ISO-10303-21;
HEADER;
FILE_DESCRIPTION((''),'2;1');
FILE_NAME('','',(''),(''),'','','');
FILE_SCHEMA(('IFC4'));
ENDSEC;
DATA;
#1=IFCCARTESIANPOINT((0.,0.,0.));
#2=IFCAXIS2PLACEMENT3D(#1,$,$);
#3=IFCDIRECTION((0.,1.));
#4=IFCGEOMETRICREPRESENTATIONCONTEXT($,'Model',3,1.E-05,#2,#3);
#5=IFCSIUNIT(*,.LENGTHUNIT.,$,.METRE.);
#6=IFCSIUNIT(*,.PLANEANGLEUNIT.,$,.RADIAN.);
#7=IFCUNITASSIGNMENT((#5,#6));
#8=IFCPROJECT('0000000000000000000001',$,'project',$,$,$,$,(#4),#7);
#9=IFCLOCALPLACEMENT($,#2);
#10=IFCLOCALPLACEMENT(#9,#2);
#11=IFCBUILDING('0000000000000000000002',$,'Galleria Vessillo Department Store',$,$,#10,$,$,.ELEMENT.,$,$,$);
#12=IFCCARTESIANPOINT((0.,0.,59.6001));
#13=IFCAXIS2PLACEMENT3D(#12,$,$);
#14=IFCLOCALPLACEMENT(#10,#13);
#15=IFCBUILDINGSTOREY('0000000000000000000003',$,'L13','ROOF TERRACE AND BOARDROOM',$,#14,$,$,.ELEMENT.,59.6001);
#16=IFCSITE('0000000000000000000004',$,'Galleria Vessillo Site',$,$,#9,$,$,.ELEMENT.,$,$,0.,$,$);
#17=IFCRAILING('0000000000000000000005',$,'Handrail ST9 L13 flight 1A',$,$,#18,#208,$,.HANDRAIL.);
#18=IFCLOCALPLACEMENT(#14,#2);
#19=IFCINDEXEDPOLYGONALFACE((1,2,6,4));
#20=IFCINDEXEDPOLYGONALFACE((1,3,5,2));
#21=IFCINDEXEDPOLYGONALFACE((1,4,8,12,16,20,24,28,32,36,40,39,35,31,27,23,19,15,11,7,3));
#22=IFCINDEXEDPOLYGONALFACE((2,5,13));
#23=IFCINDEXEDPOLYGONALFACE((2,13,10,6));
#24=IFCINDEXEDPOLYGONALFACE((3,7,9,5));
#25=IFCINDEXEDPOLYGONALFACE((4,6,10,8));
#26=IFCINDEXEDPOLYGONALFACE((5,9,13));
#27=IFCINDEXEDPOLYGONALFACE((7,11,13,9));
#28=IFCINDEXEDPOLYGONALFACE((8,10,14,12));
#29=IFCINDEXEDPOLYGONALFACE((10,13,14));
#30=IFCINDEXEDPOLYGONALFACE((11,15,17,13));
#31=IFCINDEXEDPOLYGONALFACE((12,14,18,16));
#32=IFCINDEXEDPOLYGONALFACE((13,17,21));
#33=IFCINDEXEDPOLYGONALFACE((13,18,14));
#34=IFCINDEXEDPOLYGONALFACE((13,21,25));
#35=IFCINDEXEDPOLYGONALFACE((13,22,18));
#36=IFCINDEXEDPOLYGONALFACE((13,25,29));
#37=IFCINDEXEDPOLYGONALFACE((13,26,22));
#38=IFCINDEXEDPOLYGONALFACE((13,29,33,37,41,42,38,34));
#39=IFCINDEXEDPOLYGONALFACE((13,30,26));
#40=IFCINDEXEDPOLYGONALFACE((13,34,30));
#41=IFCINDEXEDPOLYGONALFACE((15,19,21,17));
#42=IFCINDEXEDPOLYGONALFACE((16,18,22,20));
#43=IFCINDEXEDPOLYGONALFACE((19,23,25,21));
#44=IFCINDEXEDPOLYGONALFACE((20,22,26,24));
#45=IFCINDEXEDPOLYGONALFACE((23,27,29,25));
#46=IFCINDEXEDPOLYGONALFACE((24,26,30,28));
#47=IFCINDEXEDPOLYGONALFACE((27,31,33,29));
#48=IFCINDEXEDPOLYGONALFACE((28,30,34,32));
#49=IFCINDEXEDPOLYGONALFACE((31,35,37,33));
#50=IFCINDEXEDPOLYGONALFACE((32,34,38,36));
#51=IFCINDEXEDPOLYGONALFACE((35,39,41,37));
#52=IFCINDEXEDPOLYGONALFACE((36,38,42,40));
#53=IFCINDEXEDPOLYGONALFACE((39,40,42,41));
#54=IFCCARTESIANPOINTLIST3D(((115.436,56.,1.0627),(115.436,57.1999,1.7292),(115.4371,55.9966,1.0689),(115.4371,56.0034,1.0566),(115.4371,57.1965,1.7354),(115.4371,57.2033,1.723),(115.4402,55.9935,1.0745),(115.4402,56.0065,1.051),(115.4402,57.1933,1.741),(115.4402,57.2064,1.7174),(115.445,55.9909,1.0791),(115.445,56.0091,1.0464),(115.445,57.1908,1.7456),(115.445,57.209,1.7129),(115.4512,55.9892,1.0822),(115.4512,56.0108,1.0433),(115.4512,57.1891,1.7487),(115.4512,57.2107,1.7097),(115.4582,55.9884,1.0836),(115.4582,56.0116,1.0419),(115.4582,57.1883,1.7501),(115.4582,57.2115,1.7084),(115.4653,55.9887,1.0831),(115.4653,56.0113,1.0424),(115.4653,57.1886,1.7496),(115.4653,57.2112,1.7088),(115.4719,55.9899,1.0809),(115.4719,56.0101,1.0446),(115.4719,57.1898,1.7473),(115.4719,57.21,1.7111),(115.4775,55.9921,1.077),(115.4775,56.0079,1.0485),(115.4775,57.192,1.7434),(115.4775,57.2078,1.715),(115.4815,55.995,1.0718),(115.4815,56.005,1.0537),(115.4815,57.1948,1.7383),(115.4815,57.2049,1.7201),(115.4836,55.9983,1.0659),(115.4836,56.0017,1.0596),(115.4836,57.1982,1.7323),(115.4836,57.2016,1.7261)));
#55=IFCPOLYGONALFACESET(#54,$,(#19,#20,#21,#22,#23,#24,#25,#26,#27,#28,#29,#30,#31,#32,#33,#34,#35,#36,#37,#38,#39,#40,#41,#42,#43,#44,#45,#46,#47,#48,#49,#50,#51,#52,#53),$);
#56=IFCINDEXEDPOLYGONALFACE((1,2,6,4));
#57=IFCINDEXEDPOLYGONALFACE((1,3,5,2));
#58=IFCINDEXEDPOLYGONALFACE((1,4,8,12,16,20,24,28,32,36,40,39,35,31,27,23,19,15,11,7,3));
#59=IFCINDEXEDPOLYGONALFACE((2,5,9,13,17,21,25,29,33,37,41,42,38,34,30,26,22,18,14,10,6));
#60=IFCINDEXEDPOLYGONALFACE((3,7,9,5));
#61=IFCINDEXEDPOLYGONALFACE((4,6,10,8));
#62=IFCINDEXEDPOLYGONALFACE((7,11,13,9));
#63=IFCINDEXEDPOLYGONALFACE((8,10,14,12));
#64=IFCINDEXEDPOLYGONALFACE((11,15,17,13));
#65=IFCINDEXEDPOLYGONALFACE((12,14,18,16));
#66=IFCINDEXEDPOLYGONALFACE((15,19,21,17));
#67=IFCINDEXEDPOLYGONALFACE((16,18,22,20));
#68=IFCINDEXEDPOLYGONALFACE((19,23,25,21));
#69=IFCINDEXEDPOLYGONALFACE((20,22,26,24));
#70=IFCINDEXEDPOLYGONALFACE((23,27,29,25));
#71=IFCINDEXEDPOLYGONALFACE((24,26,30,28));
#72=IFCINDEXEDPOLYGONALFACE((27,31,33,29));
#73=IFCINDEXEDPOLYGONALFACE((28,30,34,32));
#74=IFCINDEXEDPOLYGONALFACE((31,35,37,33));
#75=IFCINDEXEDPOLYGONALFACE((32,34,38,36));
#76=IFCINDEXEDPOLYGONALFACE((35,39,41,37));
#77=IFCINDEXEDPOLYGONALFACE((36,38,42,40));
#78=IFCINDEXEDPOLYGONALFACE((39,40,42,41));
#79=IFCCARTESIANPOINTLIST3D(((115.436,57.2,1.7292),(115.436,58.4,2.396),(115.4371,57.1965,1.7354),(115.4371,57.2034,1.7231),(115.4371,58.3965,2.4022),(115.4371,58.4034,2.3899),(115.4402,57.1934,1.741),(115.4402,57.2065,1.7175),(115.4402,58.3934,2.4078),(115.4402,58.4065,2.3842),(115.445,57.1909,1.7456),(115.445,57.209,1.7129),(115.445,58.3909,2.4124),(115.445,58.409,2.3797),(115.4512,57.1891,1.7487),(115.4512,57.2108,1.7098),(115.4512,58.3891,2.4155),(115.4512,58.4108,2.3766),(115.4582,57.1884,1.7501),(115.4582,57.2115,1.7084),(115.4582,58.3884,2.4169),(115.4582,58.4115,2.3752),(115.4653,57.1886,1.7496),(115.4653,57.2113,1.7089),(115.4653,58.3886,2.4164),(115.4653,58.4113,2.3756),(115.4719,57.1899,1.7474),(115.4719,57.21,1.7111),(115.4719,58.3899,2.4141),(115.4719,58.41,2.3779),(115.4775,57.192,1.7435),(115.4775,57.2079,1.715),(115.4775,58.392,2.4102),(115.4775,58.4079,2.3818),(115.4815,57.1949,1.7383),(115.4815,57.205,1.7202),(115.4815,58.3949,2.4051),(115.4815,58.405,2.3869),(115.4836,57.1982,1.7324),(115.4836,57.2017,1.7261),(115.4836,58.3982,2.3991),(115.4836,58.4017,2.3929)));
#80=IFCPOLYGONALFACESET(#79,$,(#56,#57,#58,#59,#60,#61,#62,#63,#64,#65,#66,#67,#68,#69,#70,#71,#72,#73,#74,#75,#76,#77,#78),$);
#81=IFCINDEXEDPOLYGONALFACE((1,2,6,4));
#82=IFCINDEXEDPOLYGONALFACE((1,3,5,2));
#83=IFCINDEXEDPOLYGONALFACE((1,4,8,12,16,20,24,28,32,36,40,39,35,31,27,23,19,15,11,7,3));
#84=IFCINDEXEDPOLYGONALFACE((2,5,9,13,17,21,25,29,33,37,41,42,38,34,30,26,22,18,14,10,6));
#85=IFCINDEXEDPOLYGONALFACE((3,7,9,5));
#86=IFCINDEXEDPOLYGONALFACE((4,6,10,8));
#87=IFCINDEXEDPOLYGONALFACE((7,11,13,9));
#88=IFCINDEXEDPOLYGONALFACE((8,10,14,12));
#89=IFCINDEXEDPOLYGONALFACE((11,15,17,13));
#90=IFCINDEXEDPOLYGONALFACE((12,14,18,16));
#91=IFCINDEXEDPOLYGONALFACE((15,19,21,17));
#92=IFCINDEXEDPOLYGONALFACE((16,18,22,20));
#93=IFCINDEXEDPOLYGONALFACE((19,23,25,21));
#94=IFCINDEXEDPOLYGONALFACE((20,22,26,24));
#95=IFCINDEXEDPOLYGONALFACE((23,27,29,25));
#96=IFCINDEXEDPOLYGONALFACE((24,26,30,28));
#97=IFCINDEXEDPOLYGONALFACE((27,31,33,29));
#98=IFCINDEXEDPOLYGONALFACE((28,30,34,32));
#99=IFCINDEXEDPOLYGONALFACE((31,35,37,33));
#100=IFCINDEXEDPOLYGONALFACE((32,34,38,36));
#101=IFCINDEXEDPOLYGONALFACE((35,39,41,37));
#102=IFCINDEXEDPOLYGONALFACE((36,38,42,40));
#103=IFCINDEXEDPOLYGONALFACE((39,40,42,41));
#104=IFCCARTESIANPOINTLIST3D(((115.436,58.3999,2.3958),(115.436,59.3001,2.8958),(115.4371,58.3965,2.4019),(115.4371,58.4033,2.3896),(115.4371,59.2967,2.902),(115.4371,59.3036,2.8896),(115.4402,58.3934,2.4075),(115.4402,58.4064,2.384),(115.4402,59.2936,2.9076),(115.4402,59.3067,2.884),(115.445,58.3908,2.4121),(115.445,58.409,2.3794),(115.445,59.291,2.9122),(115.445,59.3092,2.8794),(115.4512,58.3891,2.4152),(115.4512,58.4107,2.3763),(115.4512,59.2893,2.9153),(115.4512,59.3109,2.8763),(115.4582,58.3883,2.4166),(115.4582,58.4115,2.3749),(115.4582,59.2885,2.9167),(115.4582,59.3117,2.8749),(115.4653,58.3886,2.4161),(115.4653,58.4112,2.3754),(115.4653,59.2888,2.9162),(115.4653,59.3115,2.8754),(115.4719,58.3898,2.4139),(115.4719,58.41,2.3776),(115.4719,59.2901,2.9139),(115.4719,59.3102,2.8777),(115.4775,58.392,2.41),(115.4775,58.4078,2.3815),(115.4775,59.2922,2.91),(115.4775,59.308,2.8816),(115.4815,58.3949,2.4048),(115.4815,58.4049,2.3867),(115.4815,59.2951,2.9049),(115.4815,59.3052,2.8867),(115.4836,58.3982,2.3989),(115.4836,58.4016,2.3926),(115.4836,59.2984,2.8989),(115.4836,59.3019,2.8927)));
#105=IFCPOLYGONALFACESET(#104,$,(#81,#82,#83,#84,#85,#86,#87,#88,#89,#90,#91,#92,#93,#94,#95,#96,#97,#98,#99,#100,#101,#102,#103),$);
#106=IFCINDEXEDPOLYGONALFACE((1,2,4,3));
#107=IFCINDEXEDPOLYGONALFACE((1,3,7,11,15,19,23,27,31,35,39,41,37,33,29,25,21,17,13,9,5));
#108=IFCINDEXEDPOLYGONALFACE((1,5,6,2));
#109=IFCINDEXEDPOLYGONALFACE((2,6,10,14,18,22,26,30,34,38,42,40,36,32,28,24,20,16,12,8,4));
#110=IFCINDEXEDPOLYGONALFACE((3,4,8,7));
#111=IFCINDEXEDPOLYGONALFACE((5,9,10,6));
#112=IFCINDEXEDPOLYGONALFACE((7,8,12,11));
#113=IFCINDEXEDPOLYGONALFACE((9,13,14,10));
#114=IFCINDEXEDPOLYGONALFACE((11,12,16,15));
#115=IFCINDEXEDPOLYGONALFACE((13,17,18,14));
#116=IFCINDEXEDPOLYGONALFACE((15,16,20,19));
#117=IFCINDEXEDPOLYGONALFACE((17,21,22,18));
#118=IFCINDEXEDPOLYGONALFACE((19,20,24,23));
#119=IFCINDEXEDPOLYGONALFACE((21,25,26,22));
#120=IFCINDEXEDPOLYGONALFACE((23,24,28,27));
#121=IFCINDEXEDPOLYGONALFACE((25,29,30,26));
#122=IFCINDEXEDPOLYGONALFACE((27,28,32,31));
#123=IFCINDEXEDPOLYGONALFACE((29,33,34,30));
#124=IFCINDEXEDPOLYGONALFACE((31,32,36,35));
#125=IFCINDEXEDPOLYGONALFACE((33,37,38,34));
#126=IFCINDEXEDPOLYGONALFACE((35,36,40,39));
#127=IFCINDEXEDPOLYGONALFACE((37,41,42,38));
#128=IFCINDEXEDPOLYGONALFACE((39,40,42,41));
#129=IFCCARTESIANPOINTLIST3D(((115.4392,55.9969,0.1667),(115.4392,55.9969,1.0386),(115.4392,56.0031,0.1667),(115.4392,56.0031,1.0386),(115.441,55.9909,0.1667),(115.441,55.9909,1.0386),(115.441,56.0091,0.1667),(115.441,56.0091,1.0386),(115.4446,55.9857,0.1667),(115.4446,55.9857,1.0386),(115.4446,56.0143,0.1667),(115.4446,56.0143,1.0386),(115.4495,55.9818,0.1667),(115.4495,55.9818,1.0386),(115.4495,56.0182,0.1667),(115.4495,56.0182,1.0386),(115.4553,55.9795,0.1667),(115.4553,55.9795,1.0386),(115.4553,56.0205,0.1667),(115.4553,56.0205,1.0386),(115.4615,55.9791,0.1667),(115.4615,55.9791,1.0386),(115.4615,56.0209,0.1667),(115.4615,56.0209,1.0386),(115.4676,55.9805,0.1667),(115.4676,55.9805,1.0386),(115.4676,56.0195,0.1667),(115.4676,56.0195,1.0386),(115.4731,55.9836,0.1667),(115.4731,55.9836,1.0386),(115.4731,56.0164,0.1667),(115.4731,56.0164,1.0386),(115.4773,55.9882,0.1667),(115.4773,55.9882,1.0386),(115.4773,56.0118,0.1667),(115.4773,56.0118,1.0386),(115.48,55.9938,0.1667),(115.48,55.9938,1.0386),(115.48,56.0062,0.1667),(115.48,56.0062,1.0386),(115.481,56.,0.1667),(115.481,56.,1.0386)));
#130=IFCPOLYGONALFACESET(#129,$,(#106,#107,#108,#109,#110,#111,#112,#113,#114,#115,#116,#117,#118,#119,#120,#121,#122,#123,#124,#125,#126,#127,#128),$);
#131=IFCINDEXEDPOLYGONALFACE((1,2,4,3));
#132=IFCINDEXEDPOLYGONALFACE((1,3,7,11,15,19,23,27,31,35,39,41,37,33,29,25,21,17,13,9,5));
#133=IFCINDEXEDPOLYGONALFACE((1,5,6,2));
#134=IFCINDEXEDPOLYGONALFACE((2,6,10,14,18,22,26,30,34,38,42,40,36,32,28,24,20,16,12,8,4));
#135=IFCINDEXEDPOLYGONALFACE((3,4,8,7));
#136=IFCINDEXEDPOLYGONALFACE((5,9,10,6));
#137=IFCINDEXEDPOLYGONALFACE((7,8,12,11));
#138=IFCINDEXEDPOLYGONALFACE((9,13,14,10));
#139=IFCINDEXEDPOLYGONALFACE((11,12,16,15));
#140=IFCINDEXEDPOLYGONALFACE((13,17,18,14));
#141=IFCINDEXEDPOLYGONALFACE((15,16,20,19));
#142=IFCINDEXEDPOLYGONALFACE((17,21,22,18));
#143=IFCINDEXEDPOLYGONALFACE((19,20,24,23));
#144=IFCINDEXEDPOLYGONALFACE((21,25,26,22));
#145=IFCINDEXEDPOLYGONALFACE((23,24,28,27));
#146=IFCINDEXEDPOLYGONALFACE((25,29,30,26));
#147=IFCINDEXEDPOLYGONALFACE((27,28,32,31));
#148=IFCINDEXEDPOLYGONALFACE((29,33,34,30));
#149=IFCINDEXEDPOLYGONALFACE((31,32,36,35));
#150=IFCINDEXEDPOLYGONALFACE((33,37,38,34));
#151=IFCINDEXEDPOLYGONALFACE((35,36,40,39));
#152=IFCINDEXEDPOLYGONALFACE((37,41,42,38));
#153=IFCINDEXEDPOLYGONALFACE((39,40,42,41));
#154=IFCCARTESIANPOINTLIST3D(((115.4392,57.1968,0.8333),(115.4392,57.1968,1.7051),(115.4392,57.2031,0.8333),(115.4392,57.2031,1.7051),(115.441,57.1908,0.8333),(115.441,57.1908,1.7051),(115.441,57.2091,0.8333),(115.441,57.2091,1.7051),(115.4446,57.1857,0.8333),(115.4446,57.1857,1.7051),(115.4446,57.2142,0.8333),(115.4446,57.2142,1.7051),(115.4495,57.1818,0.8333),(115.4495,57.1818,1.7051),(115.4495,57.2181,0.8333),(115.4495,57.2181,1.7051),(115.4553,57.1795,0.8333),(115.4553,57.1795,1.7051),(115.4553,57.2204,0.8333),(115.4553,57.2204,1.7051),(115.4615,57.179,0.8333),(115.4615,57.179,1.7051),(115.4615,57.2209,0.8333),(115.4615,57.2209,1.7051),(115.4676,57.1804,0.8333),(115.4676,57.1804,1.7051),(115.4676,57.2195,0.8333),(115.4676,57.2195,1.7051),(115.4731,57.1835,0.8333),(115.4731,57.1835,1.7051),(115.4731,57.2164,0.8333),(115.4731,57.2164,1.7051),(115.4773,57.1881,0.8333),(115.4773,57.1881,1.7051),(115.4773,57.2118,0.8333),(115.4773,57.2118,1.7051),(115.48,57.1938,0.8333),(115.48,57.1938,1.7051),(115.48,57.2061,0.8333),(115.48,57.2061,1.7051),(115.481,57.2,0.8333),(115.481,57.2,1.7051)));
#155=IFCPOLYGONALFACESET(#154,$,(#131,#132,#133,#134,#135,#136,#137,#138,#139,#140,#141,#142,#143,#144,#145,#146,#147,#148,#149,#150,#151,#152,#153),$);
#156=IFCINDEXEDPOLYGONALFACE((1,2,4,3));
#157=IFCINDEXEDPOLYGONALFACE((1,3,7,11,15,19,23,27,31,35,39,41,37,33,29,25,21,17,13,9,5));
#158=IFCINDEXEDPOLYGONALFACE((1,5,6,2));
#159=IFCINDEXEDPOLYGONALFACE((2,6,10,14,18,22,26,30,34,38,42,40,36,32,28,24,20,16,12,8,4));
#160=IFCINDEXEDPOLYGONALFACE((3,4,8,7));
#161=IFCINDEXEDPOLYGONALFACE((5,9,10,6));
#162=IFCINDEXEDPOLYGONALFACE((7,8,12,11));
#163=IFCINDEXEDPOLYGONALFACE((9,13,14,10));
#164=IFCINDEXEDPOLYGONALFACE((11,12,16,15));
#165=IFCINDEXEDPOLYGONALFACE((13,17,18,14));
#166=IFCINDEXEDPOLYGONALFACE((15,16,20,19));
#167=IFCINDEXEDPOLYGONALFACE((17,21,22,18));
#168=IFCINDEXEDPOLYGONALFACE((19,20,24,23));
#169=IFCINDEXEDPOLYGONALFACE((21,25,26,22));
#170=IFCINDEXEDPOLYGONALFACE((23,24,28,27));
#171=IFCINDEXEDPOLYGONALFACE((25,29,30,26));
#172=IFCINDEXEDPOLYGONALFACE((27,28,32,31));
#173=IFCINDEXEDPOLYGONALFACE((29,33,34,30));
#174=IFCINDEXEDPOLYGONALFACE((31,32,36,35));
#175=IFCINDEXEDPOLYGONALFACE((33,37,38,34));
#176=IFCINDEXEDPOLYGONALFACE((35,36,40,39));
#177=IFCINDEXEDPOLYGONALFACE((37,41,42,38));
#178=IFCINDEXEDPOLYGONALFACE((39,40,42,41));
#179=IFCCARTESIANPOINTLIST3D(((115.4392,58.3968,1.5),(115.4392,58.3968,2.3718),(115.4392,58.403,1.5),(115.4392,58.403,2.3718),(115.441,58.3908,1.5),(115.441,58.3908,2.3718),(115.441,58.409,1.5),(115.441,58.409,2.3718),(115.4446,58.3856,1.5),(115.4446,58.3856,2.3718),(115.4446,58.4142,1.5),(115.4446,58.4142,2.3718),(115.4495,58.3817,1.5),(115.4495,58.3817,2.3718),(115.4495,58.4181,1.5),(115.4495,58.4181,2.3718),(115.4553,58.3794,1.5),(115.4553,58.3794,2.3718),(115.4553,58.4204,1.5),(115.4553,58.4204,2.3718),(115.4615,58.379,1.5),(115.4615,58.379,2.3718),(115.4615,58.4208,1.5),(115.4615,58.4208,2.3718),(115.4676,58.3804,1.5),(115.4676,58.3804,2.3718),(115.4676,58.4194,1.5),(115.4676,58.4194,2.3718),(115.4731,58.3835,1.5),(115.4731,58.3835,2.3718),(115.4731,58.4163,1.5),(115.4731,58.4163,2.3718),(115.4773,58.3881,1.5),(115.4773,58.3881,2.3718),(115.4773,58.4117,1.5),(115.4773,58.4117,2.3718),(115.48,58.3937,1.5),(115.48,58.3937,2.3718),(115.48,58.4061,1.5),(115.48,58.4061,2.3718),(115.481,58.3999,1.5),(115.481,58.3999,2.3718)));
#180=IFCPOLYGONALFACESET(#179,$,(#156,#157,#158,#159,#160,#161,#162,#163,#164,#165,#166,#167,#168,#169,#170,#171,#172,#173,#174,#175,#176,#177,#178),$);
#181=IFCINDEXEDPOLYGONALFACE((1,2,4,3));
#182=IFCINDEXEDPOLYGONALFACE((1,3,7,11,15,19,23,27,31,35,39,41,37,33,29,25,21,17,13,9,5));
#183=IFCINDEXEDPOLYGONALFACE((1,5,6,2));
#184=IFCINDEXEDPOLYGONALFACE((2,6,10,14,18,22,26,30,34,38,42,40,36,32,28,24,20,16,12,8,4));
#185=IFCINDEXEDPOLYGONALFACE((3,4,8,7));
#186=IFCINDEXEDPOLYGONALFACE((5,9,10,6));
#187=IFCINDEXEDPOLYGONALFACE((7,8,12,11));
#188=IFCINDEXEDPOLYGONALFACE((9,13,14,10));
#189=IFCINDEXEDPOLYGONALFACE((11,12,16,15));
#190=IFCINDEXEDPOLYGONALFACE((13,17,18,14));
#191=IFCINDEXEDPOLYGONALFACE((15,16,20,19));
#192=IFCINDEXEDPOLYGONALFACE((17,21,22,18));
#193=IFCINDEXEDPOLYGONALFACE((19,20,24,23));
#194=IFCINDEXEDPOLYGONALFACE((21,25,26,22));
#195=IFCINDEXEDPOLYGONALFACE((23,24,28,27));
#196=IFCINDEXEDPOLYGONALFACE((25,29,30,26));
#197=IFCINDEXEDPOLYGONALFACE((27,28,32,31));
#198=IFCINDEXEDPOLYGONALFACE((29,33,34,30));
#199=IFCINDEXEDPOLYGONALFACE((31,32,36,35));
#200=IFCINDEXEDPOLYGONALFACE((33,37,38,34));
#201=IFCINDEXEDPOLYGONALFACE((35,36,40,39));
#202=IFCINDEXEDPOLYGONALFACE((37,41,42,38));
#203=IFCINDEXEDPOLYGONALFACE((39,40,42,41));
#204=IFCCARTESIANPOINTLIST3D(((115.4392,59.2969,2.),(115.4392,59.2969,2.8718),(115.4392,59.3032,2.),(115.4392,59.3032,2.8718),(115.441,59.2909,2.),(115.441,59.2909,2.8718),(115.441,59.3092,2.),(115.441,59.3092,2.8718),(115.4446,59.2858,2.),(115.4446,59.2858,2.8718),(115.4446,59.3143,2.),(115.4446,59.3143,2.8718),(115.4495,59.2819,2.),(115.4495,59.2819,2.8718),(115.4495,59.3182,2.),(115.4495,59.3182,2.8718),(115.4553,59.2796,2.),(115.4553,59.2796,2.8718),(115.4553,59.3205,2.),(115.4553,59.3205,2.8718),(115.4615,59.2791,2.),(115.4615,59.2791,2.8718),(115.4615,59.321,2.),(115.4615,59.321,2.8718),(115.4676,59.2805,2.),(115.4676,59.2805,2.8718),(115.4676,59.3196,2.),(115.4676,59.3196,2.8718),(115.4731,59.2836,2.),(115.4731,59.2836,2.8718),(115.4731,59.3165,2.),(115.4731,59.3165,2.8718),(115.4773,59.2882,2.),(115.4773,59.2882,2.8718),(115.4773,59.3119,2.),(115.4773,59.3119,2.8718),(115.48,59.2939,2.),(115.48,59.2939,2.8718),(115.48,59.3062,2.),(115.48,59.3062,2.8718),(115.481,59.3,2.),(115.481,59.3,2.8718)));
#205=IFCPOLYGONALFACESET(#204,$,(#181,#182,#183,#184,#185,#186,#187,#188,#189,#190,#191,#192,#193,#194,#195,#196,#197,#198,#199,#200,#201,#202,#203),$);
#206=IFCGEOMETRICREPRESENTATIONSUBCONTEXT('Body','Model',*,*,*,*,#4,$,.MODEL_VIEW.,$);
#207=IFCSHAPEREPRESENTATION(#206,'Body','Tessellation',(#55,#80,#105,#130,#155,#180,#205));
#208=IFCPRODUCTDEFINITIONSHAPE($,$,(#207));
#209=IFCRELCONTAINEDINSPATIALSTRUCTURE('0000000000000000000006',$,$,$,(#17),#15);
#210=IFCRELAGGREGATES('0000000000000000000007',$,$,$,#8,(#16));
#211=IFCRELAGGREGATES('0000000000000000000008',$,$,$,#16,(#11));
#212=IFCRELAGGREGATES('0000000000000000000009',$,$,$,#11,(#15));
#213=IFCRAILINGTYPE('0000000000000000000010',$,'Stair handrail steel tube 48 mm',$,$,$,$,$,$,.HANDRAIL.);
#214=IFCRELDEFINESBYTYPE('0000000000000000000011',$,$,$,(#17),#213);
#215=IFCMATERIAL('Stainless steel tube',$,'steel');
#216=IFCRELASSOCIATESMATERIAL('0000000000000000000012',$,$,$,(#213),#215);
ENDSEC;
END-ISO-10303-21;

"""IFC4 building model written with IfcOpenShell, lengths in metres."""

from ifc_helpers import new_model, si_unit, direction, frame, origin, origin_2d, place, context, subcontext, project, spatial, circle, extrude, material, type_object, element, save


model = new_model("IFC4")

# Units and contexts
model_context = context("Model", 3, precision=1e-05, world=origin(), true_north=direction((0.0, 1.0)))
body_context = subcontext(model_context, "Body", "Model", "MODEL_VIEW")
ifc_project = project(units=[si_unit("LENGTHUNIT", "METRE"), si_unit("PLANEANGLEUNIT", "RADIAN")], contexts=[model_context])

# Site, building, storey
site_placement = place(None, origin())
site = spatial("IfcSite", under=ifc_project, at=site_placement, Name="Galleria Vessillo Site", CompositionType="ELEMENT", RefElevation=0.0)
building_placement = place(site_placement, origin())
building = spatial("IfcBuilding", under=site, at=building_placement, Name="Galleria Vessillo Department Store", CompositionType="ELEMENT")
storey_placement = place(building_placement, frame((0.0, 0.0, 59.6001)))
storey = spatial("IfcBuildingStorey", under=building, at=storey_placement, Name="L13", Description="ROOF TERRACE AND BOARDROOM", CompositionType="ELEMENT", Elevation=59.6001)

# Railing
ifc_material_1 = material(Name="Stainless steel tube", Category="steel")
railing_type = type_object("IfcRailingType", Name="Stair handrail steel tube 48 mm", PredefinedType="HANDRAIL", material=ifc_material_1)
for number, where, name in (
    (1, (115.46, 56.0, 0.1667), "Handrail ST9 L13 flight 1A"),
):
    element("IfcRailing", number, at=place(storey_placement, frame(where)), inside=storey, type_object=railing_type, Name=name, PredefinedType="HANDRAIL", context=body_context, shape_type="SweptSolid", body=[
        extrude(circle(Radius=0.0239, at=origin_2d()), frame((0.0, 0.0, 0.896), z_axis=(0.0, 0.874199, 0.485567), x_axis=(-1.0, 0.0, 0.0)), (0.0, 0.0, 1.0), 1.3726),
        extrude(circle(Radius=0.0239, at=origin_2d()), frame((0.0, 1.2, 1.5625), z_axis=(0.0, 0.874124, 0.485703), x_axis=(-1.0, 0.0, 0.0)), (0.0, 0.0, 1.0), 1.3728),
        extrude(circle(Radius=0.0239, at=origin_2d()), frame((0.0, 2.3999, 2.229), z_axis=(0.0, 0.874191, 0.485583), x_axis=(-1.0, 0.0, 0.0)), (0.0, 0.0, 1.0), 1.0298),
        extrude(circle(Radius=0.021, at=origin_2d()), origin(), (0.0, 0.0, 1.0), 0.8718),
        extrude(circle(Radius=0.021, at=origin_2d()), frame((0.0, 1.2, 0.6665)), (0.0, 0.0, 1.0), 0.8718),
        extrude(circle(Radius=0.021, at=origin_2d()), frame((0.0, 2.3999, 1.3333)), (0.0, 0.0, 1.0), 0.8718),
        extrude(circle(Radius=0.021, at=origin_2d()), frame((0.0, 3.3, 1.8333)), (0.0, 0.0, 1.0), 0.8718),
    ])

save(model, "model.ifc")
